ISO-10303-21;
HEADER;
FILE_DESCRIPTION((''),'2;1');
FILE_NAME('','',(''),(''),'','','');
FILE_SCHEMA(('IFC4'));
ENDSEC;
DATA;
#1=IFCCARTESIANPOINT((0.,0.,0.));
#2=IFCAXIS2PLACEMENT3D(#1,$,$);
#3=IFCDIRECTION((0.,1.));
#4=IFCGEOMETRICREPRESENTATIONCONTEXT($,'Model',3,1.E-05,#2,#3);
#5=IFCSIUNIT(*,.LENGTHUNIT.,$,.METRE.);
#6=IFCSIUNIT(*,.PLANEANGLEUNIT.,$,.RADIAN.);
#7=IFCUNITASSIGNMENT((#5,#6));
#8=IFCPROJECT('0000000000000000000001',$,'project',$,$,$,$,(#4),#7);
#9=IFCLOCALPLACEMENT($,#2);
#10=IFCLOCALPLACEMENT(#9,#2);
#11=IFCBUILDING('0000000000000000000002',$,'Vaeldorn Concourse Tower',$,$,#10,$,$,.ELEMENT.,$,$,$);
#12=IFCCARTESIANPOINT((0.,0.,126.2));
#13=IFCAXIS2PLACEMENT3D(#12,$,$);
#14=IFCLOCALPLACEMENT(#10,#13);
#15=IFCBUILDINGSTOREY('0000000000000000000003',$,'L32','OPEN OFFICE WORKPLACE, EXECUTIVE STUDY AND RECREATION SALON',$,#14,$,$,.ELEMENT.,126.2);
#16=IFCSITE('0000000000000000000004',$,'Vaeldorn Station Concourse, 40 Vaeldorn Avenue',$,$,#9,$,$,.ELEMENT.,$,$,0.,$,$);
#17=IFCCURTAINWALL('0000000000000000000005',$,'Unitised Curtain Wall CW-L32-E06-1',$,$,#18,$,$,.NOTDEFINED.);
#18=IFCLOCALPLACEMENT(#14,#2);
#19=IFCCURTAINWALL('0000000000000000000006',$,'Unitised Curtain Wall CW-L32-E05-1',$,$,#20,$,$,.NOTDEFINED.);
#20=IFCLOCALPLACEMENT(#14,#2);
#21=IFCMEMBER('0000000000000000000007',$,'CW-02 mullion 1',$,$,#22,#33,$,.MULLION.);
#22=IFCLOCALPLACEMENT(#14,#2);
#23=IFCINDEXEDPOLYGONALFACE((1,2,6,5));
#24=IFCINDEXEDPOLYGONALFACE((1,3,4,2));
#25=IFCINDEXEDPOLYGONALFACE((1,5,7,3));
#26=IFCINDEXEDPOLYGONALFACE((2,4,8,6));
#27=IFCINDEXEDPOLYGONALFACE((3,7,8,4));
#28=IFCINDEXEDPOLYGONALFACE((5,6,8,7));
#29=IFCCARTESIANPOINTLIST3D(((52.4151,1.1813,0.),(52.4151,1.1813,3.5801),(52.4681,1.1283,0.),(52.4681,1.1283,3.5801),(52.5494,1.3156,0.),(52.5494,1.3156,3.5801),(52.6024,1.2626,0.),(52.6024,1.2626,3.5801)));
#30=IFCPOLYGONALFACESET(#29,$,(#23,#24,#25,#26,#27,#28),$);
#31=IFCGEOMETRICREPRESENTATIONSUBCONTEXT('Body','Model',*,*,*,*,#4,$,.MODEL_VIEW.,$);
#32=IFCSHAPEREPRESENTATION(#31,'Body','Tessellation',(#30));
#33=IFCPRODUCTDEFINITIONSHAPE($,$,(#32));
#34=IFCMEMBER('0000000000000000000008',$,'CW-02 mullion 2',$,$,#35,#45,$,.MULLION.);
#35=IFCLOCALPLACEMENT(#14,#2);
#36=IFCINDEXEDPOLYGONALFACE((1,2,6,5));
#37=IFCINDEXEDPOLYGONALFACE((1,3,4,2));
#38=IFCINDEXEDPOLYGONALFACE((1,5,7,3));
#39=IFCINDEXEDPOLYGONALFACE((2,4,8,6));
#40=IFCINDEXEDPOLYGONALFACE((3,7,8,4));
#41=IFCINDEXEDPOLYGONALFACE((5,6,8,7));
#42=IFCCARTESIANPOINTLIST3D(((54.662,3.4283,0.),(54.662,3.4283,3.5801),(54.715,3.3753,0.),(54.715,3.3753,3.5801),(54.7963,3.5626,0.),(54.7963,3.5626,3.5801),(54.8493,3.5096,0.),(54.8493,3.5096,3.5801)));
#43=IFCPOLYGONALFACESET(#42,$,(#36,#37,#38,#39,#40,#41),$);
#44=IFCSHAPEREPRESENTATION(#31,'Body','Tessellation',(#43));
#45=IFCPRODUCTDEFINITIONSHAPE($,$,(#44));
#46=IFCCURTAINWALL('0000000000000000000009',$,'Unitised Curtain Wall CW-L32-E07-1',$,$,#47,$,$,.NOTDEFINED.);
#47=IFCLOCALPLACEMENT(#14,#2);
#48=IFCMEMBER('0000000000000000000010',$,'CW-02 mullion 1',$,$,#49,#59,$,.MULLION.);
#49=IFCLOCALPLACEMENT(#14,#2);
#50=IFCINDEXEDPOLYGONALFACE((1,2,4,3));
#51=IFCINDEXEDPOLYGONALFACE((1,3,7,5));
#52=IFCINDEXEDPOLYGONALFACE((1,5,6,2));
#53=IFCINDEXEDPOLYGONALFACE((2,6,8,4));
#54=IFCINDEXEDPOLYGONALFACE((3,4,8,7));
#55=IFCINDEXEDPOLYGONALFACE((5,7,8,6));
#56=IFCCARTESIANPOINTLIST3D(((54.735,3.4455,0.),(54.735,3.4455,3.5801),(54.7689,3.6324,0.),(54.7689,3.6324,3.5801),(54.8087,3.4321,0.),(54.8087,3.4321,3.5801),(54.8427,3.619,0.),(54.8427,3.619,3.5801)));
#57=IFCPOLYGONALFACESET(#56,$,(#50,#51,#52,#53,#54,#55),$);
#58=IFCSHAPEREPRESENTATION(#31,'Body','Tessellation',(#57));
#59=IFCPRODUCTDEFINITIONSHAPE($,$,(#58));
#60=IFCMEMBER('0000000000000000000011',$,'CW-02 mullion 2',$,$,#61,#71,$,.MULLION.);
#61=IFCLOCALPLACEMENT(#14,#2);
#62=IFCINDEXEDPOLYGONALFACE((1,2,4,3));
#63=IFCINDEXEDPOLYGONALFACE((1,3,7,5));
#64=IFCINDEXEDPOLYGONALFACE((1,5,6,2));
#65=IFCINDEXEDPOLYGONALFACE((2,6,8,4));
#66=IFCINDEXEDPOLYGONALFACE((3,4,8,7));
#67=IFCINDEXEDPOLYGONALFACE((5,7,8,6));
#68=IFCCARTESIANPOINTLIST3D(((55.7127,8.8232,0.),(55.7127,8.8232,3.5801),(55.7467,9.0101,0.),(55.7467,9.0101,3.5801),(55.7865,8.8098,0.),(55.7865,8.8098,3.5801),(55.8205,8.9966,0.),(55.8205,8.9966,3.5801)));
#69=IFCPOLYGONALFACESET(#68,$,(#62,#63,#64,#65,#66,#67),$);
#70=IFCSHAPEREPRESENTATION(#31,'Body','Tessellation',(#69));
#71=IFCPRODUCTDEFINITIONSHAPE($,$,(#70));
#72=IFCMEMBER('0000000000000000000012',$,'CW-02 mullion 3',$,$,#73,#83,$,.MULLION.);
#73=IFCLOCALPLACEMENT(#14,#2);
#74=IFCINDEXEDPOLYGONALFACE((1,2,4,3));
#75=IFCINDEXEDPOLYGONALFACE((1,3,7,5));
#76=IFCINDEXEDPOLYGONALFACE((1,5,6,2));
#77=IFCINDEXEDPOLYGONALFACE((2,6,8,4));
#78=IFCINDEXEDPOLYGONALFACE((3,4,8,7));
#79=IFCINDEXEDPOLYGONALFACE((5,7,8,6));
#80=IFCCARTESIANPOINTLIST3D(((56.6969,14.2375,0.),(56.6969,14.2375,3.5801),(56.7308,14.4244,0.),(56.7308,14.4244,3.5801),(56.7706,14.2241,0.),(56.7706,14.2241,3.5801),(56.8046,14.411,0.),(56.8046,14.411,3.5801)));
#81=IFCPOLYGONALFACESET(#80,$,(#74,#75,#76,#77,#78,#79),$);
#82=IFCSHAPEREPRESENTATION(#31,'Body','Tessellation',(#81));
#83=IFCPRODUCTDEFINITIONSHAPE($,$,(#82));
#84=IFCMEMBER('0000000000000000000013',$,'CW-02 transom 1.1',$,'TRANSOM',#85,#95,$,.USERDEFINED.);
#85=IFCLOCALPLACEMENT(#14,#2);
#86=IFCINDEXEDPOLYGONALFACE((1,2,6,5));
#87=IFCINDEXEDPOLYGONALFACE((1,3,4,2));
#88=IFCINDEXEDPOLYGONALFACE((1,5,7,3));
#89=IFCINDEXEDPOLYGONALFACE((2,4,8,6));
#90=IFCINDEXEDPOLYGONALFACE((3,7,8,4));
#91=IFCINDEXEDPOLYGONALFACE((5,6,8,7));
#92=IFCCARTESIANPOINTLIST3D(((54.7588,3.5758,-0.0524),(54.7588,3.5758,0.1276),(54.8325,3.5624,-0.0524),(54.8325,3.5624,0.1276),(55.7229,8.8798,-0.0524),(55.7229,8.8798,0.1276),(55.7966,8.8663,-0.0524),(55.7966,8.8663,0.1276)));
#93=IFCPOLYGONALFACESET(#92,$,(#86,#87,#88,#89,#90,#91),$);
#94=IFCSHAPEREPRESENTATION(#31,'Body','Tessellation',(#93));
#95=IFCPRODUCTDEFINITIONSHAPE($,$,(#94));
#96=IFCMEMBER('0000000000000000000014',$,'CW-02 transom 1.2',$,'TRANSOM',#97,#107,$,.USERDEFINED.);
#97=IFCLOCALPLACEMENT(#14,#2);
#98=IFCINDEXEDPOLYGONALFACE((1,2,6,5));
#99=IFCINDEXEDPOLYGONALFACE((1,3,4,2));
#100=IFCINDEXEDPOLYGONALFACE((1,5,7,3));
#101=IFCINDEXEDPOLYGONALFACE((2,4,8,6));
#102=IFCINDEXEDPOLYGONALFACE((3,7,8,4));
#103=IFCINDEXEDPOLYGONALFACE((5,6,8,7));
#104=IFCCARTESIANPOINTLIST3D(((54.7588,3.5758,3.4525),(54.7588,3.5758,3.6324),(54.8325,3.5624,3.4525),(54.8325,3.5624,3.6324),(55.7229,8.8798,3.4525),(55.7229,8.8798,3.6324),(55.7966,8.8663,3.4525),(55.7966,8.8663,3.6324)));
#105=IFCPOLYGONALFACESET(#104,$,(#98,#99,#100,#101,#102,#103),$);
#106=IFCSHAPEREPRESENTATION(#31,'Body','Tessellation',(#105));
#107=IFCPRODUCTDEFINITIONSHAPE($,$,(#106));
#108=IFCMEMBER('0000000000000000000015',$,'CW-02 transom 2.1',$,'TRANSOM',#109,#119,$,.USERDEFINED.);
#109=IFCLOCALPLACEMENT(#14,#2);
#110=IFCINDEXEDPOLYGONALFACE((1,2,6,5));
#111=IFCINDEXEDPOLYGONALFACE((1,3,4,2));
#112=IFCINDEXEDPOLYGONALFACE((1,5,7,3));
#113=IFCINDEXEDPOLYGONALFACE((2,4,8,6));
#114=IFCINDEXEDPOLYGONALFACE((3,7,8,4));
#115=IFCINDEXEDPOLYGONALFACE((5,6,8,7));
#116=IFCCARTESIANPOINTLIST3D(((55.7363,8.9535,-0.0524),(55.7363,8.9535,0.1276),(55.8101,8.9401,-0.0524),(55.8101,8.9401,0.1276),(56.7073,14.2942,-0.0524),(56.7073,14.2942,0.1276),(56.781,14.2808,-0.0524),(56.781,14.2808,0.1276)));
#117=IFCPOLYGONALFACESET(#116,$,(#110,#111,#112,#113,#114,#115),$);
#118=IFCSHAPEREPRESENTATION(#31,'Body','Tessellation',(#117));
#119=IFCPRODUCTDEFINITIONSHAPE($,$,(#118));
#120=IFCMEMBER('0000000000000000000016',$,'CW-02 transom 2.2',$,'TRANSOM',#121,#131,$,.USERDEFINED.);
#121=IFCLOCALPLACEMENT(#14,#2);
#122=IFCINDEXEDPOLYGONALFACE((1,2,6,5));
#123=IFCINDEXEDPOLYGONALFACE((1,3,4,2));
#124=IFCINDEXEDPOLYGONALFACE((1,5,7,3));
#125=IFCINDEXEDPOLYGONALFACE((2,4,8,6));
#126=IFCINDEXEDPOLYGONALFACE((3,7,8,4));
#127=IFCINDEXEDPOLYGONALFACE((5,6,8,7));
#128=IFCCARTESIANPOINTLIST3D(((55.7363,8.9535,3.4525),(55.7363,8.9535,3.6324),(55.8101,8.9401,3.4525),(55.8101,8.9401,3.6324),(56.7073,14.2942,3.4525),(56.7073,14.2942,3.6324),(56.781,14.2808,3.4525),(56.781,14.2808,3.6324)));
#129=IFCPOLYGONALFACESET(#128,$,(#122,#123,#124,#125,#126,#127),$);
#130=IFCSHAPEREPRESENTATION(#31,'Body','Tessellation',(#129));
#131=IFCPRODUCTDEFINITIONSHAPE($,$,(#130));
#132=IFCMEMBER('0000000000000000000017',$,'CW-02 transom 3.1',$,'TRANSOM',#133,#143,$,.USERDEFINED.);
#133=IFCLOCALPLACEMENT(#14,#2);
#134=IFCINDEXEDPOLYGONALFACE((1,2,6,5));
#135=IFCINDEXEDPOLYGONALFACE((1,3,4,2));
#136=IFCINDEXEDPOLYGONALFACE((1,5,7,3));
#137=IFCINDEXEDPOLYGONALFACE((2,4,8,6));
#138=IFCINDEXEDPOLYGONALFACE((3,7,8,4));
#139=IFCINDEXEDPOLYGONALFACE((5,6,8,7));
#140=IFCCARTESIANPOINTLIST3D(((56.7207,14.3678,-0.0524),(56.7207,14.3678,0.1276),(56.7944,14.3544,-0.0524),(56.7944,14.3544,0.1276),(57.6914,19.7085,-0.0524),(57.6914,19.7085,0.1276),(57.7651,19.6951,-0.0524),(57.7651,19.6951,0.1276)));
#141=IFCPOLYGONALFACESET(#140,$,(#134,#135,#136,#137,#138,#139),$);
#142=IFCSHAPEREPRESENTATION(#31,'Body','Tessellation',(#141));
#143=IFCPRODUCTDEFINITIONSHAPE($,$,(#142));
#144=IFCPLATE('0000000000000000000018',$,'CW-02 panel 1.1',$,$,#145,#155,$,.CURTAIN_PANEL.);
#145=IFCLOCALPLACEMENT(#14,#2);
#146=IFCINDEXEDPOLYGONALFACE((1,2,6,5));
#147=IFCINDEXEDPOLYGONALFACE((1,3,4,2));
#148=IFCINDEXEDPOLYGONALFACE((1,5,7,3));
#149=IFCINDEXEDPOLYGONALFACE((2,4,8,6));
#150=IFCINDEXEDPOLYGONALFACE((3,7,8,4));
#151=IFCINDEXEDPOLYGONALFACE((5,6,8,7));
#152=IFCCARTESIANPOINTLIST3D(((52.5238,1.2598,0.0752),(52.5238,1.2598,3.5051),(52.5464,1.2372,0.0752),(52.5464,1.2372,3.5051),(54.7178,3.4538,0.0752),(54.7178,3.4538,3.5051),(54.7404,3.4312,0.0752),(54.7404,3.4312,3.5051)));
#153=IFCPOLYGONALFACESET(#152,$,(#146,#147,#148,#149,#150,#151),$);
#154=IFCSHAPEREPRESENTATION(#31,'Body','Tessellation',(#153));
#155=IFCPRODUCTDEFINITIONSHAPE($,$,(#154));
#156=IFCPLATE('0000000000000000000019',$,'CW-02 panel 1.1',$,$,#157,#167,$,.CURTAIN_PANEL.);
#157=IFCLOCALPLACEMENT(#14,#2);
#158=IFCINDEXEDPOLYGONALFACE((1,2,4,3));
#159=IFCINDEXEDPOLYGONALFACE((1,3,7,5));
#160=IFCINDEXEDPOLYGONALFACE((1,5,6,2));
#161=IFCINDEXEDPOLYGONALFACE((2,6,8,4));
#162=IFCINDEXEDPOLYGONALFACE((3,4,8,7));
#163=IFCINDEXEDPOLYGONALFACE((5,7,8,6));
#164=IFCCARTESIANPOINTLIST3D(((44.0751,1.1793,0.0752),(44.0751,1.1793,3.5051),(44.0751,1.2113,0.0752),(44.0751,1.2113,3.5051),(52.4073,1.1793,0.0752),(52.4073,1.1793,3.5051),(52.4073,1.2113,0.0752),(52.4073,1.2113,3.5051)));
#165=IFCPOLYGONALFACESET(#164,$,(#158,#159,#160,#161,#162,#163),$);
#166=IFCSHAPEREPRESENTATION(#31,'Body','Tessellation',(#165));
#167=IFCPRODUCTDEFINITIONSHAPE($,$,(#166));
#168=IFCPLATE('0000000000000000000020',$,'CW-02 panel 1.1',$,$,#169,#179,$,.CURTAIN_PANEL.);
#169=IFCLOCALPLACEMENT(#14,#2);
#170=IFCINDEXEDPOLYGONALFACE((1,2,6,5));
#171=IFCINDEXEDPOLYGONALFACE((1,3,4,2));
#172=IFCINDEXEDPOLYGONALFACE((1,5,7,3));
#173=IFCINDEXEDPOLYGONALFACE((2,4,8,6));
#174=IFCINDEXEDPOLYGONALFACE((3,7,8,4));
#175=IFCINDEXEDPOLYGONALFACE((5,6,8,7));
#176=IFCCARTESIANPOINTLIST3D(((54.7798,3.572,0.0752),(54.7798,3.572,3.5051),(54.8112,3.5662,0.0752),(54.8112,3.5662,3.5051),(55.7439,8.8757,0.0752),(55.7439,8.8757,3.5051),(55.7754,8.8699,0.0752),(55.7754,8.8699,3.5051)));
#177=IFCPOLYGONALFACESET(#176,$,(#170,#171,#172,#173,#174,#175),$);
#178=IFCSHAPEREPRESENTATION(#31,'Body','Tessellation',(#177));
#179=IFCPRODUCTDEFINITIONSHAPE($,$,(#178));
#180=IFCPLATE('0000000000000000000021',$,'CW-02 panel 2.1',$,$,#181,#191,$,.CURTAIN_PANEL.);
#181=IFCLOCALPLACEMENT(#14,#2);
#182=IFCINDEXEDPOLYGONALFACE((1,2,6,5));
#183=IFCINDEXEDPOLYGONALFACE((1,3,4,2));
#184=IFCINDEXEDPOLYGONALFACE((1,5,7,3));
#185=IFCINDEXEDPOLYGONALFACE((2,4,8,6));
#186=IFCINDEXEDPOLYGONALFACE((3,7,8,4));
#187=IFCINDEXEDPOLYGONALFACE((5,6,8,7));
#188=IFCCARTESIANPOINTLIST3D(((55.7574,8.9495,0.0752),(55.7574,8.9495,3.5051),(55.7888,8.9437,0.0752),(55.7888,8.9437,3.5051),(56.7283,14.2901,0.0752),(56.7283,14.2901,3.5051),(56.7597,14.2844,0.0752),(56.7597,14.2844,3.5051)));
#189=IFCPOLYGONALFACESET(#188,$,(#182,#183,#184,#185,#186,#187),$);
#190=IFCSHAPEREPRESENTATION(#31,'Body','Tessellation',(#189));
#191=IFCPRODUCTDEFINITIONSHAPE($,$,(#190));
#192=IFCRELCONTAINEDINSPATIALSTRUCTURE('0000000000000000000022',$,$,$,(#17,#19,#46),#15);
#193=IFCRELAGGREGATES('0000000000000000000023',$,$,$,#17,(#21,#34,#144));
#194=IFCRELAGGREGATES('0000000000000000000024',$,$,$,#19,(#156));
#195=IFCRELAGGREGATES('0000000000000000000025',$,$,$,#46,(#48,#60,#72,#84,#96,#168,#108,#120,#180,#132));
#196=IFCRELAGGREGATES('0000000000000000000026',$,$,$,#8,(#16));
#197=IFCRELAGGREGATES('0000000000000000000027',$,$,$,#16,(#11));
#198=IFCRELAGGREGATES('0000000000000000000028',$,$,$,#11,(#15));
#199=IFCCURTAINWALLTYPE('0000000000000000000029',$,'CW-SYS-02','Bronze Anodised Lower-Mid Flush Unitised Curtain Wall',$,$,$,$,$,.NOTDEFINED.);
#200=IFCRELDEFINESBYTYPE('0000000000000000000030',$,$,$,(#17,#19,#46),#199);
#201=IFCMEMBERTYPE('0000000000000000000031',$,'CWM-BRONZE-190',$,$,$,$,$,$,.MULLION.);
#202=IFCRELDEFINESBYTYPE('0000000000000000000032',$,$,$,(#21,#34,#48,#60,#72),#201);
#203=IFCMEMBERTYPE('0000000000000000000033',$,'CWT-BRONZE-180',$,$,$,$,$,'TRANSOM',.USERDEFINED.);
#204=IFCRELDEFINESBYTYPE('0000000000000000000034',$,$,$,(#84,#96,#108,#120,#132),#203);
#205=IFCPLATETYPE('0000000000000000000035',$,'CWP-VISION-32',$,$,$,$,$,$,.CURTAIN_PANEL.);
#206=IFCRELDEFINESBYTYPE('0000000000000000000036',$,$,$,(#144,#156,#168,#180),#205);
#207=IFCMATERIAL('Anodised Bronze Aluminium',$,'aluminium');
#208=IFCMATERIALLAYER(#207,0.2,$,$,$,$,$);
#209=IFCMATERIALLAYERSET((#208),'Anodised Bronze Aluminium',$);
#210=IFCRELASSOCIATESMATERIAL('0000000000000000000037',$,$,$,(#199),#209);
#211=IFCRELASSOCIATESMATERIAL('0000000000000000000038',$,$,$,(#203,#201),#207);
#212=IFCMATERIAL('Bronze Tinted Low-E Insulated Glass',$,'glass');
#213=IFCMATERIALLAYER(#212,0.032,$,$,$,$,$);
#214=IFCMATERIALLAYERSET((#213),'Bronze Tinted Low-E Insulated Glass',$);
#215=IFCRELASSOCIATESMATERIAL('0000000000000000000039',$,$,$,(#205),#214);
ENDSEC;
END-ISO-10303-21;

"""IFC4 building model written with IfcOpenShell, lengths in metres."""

from ifc_helpers import new_model, si_unit, direction, frame, origin, origin_2d, place, context, subcontext, project, spatial, rectangle, extrude, source, transform, mapped, material, layer, layer_set, material_profile, profile_set, type_object, element, aggregate, save


model = new_model("IFC4")

# Units and contexts
model_context = context("Model", 3, precision=1e-05, world=origin(), true_north=direction((0.0, 1.0)))
body_context = subcontext(model_context, "Body", "Model", "MODEL_VIEW")
ifc_project = project(units=[si_unit("LENGTHUNIT", "METRE"), si_unit("PLANEANGLEUNIT", "RADIAN")], contexts=[model_context])

# Site, building, storey
site_placement = place(None, origin())
site = spatial("IfcSite", under=ifc_project, at=site_placement, Name="Vaeldorn Station Concourse, 40 Vaeldorn Avenue", CompositionType="ELEMENT", RefElevation=0.0)
building_placement = place(site_placement, origin())
building = spatial("IfcBuilding", under=site, at=building_placement, Name="Vaeldorn Concourse Tower", CompositionType="ELEMENT")
storey_placement = place(building_placement, frame((0.0, 0.0, 126.2)))
storey = spatial("IfcBuildingStorey", under=building, at=storey_placement, Name="L32", Description="OPEN OFFICE WORKPLACE, EXECUTIVE STUDY AND RECREATION SALON", CompositionType="ELEMENT", Elevation=126.2)

# Curtain wall
ifc_material_1 = material(Name="Anodised Bronze Aluminium", Category="aluminium")
ifc_layer_1 = layer(ifc_material_1, 0.2)
ifc_layer_set_1 = layer_set([ifc_layer_1], Name="Anodised Bronze Aluminium")
curtain_wall_type = type_object("IfcCurtainWallType", Name="CW-SYS-02", Description="Bronze Anodised Lower-Mid Flush Unitised Curtain Wall", PredefinedType="NOTDEFINED", material=ifc_layer_set_1)
curtain_wall_1_placement = place(storey_placement, origin())
curtain_wall_1 = element("IfcCurtainWall", 1, at=curtain_wall_1_placement, inside=storey, type_object=curtain_wall_type, Name="Unitised Curtain Wall CW-L32-E06-1", PredefinedType="NOTDEFINED")
ifc_material_profile_1 = material_profile(ifc_material_1, rectangle(XDim=0.075, YDim=0.1799, at=origin_2d()), Name="CWT 75x180")
ifc_profile_set_1 = profile_set([ifc_material_profile_1], Name="Anodised Bronze Aluminium")
member_type_1 = type_object("IfcMemberType", Name="CWT-BRONZE-180", ElementType="TRANSOM", PredefinedType="USERDEFINED", material=ifc_profile_set_1)

# Curtain wall
curtain_wall_2_placement = place(storey_placement, origin())
curtain_wall_2 = element("IfcCurtainWall", 2, at=curtain_wall_2_placement, inside=storey, type_object=curtain_wall_type, Name="Unitised Curtain Wall CW-L32-E05-1", PredefinedType="NOTDEFINED")
ifc_material_profile_2 = material_profile(ifc_material_1, rectangle(XDim=0.075, YDim=0.1899, at=origin_2d()), Name="CWM 75x190")
ifc_profile_set_2 = profile_set([ifc_material_profile_2], Name="Anodised Bronze Aluminium")
member_type_2 = type_object("IfcMemberType", Name="CWM-BRONZE-190", PredefinedType="MULLION", material=ifc_profile_set_2)
shared_shape_1 = source(origin(), body_context, "Body", "SweptSolid", [
    extrude(rectangle(XDim=0.075, YDim=0.1899, at=origin_2d()), origin(), (0.0, 0.0, 1.0), 3.5801),
])

# Members
member_1_placement = place(storey_placement, frame((52.5088, 1.2219, 0.0), z_axis=(0.0, 0.0, 1.0), x_axis=(-0.707107, 0.707107, 0.0)))
member_1 = element("IfcMember", 3, at=member_1_placement, type_object=member_type_2, Name="CW-02 mullion 1", PredefinedType="MULLION", context=body_context, shape_type="MappedRepresentation", body=[
    mapped(shared_shape_1, transform((0.0, 0.0, 0.0), scale=1.0)),
])
member_2_placement = place(storey_placement, frame((54.7556, 3.469, 0.0), z_axis=(0.0, 0.0, 1.0), x_axis=(-0.707107, 0.707107, 0.0)))
member_2 = element("IfcMember", 4, at=member_2_placement, type_object=member_type_2, Name="CW-02 mullion 2", PredefinedType="MULLION", context=body_context, shape_type="MappedRepresentation", body=[
    mapped(shared_shape_1, transform((0.0, 0.0, 0.0), scale=1.0)),
])

# Curtain wall, members
curtain_wall_3_placement = place(storey_placement, origin())
curtain_wall_3 = element("IfcCurtainWall", 5, at=curtain_wall_3_placement, inside=storey, type_object=curtain_wall_type, Name="Unitised Curtain Wall CW-L32-E07-1", PredefinedType="NOTDEFINED")
member_3_placement = place(storey_placement, frame((54.7888, 3.5322, 0.0), z_axis=(0.0, 0.0, 1.0), x_axis=(-0.983874, 0.17886, 0.0)))
member_3 = element("IfcMember", 6, at=member_3_placement, type_object=member_type_2, Name="CW-02 mullion 1", PredefinedType="MULLION", context=body_context, shape_type="MappedRepresentation", body=[
    mapped(shared_shape_1, transform((0.0, 0.0, 0.0), scale=1.0)),
])
member_4_placement = place(storey_placement, frame((55.7666, 8.9099, 0.0), z_axis=(0.0, 0.0, 1.0), x_axis=(-0.983874, 0.17886, 0.0)))
member_4 = element("IfcMember", 7, at=member_4_placement, type_object=member_type_2, Name="CW-02 mullion 2", PredefinedType="MULLION", context=body_context, shape_type="MappedRepresentation", body=[
    mapped(shared_shape_1, transform((0.0, 0.0, 0.0), scale=1.0)),
])
member_5_placement = place(storey_placement, frame((56.7507, 14.3242, 0.0), z_axis=(0.0, 0.0, 1.0), x_axis=(-0.983874, 0.17886, 0.0)))
member_5 = element("IfcMember", 8, at=member_5_placement, type_object=member_type_2, Name="CW-02 mullion 3", PredefinedType="MULLION", context=body_context, shape_type="MappedRepresentation", body=[
    mapped(shared_shape_1, transform((0.0, 0.0, 0.0), scale=1.0)),
])
shared_shape_2 = source(origin(), body_context, "Body", "SweptSolid", [
    extrude(rectangle(XDim=0.075, YDim=0.1799, at=origin_2d()), origin(), (0.0, 0.0, 1.0), 5.3909),
])
member_6_placement = place(storey_placement, frame((54.7957, 3.5691, 0.0376), z_axis=(0.178842, 0.983878, 0.0), x_axis=(-0.983878, 0.178842, 0.0)))
member_6 = element("IfcMember", 9, at=member_6_placement, type_object=member_type_1, Name="CW-02 transom 1.1", ObjectType="TRANSOM", PredefinedType="USERDEFINED", context=body_context, shape_type="MappedRepresentation", body=[
    mapped(shared_shape_2, transform((0.0, 0.0, 0.0), scale=1.0)),
])
member_7_placement = place(storey_placement, frame((54.7957, 3.5691, 3.5425), z_axis=(0.178842, 0.983878, 0.0), x_axis=(-0.983878, 0.178842, 0.0)))
member_7 = element("IfcMember", 10, at=member_7_placement, type_object=member_type_1, Name="CW-02 transom 1.2", ObjectType="TRANSOM", PredefinedType="USERDEFINED", context=body_context, shape_type="MappedRepresentation", body=[
    mapped(shared_shape_2, transform((0.0, 0.0, 0.0), scale=1.0)),
])
shared_shape_3 = source(origin(), body_context, "Body", "SweptSolid", [
    extrude(rectangle(XDim=0.075, YDim=0.1799, at=origin_2d()), origin(), (0.0, 0.0, 1.0), 5.4282),
])
member_8_placement = place(storey_placement, frame((55.7732, 8.9468, 0.0376), z_axis=(0.178874, 0.983872, 0.0), x_axis=(-0.983872, 0.178874, 0.0)))
member_8 = element("IfcMember", 11, at=member_8_placement, type_object=member_type_1, Name="CW-02 transom 2.1", ObjectType="TRANSOM", PredefinedType="USERDEFINED", context=body_context, shape_type="MappedRepresentation", body=[
    mapped(shared_shape_3, transform((0.0, 0.0, 0.0), scale=1.0)),
])
member_9_placement = place(storey_placement, frame((55.7732, 8.9468, 3.5425), z_axis=(0.178874, 0.983872, 0.0), x_axis=(-0.983872, 0.178874, 0.0)))
member_9 = element("IfcMember", 12, at=member_9_placement, type_object=member_type_1, Name="CW-02 transom 2.2", ObjectType="TRANSOM", PredefinedType="USERDEFINED", context=body_context, shape_type="MappedRepresentation", body=[
    mapped(shared_shape_3, transform((0.0, 0.0, 0.0), scale=1.0)),
])
member_10_placement = place(storey_placement, frame((56.7576, 14.3611, 0.0376), z_axis=(0.178822, 0.983881, 0.0), x_axis=(-0.983881, 0.178822, 0.0)))
member_10 = element("IfcMember", 13, at=member_10_placement, type_object=member_type_1, Name="CW-02 transom 3.1", ObjectType="TRANSOM", PredefinedType="USERDEFINED", context=body_context, shape_type="MappedRepresentation", body=[
    mapped(shared_shape_3, transform((0.0, 0.0, 0.0), scale=1.0)),
])

# Plates
ifc_material_2 = material(Name="Bronze Tinted Low-E Insulated Glass", Category="glass")
ifc_layer_2 = layer(ifc_material_2, 0.032)
ifc_layer_set_2 = layer_set([ifc_layer_2], Name="Bronze Tinted Low-E Insulated Glass")
plate_type = type_object("IfcPlateType", Name="CWP-VISION-32", PredefinedType="CURTAIN_PANEL", material=ifc_layer_set_2)
shared_shape_4 = source(origin(), body_context, "Body", "SweptSolid", [
    extrude(rectangle(XDim=3.1028, YDim=0.032, at=origin_2d()), origin(), (0.0, 0.0, 1.0), 3.4299),
])
plate_1_placement = place(storey_placement, frame((53.6321, 2.3455, 0.0752), z_axis=(0.0, 0.0, 1.0), x_axis=(0.707107, 0.707107, 0.0)))
plate_1 = element("IfcPlate", 14, at=plate_1_placement, type_object=plate_type, Name="CW-02 panel 1.1", PredefinedType="CURTAIN_PANEL", context=body_context, shape_type="MappedRepresentation", body=[
    mapped(shared_shape_4, transform((0.0, 0.0, 0.0), scale=1.0)),
])
aggregate(curtain_wall_1, [member_1, member_2, plate_1])
shared_shape_5 = source(origin(), body_context, "Body", "SweptSolid", [
    extrude(rectangle(XDim=8.3323, YDim=0.032, at=origin_2d()), origin(), (0.0, 0.0, 1.0), 3.4299),
])
plate_2_placement = place(storey_placement, frame((48.2412, 1.1953, 0.0752), z_axis=(0.0, 0.0, 1.0), x_axis=(1.0, 0.0, 0.0)))
plate_2 = element("IfcPlate", 15, at=plate_2_placement, type_object=plate_type, Name="CW-02 panel 1.1", PredefinedType="CURTAIN_PANEL", context=body_context, shape_type="MappedRepresentation", body=[
    mapped(shared_shape_5, transform((0.0, 0.0, 0.0), scale=1.0)),
])
aggregate(curtain_wall_2, [plate_2])
shared_shape_6 = source(origin(), body_context, "Body", "SweptSolid", [
    extrude(rectangle(XDim=5.3906, YDim=0.032, at=origin_2d()), origin(), (0.0, 0.0, 1.0), 3.4299),
])
plate_3_placement = place(storey_placement, frame((55.2776, 6.2209, 0.0752), z_axis=(0.0, 0.0, 1.0), x_axis=(0.17886, 0.983874, 0.0)))
plate_3 = element("IfcPlate", 16, at=plate_3_placement, type_object=plate_type, Name="CW-02 panel 1.1", PredefinedType="CURTAIN_PANEL", context=body_context, shape_type="MappedRepresentation", body=[
    mapped(shared_shape_6, transform((0.0, 0.0, 0.0), scale=1.0)),
])
shared_shape_7 = source(origin(), body_context, "Body", "SweptSolid", [
    extrude(rectangle(XDim=5.4282, YDim=0.032, at=origin_2d()), origin(), (0.0, 0.0, 1.0), 3.4299),
])
plate_4_placement = place(storey_placement, frame((56.2585, 11.6169, 0.0752), z_axis=(0.0, 0.0, 1.0), x_axis=(0.17886, 0.983874, 0.0)))
plate_4 = element("IfcPlate", 17, at=plate_4_placement, type_object=plate_type, Name="CW-02 panel 2.1", PredefinedType="CURTAIN_PANEL", context=body_context, shape_type="MappedRepresentation", body=[
    mapped(shared_shape_7, transform((0.0, 0.0, 0.0), scale=1.0)),
])
aggregate(curtain_wall_3, [member_3, member_4, member_5, member_6, member_7, plate_3, member_8, member_9, plate_4, member_10])

save(model, "model.ifc")
